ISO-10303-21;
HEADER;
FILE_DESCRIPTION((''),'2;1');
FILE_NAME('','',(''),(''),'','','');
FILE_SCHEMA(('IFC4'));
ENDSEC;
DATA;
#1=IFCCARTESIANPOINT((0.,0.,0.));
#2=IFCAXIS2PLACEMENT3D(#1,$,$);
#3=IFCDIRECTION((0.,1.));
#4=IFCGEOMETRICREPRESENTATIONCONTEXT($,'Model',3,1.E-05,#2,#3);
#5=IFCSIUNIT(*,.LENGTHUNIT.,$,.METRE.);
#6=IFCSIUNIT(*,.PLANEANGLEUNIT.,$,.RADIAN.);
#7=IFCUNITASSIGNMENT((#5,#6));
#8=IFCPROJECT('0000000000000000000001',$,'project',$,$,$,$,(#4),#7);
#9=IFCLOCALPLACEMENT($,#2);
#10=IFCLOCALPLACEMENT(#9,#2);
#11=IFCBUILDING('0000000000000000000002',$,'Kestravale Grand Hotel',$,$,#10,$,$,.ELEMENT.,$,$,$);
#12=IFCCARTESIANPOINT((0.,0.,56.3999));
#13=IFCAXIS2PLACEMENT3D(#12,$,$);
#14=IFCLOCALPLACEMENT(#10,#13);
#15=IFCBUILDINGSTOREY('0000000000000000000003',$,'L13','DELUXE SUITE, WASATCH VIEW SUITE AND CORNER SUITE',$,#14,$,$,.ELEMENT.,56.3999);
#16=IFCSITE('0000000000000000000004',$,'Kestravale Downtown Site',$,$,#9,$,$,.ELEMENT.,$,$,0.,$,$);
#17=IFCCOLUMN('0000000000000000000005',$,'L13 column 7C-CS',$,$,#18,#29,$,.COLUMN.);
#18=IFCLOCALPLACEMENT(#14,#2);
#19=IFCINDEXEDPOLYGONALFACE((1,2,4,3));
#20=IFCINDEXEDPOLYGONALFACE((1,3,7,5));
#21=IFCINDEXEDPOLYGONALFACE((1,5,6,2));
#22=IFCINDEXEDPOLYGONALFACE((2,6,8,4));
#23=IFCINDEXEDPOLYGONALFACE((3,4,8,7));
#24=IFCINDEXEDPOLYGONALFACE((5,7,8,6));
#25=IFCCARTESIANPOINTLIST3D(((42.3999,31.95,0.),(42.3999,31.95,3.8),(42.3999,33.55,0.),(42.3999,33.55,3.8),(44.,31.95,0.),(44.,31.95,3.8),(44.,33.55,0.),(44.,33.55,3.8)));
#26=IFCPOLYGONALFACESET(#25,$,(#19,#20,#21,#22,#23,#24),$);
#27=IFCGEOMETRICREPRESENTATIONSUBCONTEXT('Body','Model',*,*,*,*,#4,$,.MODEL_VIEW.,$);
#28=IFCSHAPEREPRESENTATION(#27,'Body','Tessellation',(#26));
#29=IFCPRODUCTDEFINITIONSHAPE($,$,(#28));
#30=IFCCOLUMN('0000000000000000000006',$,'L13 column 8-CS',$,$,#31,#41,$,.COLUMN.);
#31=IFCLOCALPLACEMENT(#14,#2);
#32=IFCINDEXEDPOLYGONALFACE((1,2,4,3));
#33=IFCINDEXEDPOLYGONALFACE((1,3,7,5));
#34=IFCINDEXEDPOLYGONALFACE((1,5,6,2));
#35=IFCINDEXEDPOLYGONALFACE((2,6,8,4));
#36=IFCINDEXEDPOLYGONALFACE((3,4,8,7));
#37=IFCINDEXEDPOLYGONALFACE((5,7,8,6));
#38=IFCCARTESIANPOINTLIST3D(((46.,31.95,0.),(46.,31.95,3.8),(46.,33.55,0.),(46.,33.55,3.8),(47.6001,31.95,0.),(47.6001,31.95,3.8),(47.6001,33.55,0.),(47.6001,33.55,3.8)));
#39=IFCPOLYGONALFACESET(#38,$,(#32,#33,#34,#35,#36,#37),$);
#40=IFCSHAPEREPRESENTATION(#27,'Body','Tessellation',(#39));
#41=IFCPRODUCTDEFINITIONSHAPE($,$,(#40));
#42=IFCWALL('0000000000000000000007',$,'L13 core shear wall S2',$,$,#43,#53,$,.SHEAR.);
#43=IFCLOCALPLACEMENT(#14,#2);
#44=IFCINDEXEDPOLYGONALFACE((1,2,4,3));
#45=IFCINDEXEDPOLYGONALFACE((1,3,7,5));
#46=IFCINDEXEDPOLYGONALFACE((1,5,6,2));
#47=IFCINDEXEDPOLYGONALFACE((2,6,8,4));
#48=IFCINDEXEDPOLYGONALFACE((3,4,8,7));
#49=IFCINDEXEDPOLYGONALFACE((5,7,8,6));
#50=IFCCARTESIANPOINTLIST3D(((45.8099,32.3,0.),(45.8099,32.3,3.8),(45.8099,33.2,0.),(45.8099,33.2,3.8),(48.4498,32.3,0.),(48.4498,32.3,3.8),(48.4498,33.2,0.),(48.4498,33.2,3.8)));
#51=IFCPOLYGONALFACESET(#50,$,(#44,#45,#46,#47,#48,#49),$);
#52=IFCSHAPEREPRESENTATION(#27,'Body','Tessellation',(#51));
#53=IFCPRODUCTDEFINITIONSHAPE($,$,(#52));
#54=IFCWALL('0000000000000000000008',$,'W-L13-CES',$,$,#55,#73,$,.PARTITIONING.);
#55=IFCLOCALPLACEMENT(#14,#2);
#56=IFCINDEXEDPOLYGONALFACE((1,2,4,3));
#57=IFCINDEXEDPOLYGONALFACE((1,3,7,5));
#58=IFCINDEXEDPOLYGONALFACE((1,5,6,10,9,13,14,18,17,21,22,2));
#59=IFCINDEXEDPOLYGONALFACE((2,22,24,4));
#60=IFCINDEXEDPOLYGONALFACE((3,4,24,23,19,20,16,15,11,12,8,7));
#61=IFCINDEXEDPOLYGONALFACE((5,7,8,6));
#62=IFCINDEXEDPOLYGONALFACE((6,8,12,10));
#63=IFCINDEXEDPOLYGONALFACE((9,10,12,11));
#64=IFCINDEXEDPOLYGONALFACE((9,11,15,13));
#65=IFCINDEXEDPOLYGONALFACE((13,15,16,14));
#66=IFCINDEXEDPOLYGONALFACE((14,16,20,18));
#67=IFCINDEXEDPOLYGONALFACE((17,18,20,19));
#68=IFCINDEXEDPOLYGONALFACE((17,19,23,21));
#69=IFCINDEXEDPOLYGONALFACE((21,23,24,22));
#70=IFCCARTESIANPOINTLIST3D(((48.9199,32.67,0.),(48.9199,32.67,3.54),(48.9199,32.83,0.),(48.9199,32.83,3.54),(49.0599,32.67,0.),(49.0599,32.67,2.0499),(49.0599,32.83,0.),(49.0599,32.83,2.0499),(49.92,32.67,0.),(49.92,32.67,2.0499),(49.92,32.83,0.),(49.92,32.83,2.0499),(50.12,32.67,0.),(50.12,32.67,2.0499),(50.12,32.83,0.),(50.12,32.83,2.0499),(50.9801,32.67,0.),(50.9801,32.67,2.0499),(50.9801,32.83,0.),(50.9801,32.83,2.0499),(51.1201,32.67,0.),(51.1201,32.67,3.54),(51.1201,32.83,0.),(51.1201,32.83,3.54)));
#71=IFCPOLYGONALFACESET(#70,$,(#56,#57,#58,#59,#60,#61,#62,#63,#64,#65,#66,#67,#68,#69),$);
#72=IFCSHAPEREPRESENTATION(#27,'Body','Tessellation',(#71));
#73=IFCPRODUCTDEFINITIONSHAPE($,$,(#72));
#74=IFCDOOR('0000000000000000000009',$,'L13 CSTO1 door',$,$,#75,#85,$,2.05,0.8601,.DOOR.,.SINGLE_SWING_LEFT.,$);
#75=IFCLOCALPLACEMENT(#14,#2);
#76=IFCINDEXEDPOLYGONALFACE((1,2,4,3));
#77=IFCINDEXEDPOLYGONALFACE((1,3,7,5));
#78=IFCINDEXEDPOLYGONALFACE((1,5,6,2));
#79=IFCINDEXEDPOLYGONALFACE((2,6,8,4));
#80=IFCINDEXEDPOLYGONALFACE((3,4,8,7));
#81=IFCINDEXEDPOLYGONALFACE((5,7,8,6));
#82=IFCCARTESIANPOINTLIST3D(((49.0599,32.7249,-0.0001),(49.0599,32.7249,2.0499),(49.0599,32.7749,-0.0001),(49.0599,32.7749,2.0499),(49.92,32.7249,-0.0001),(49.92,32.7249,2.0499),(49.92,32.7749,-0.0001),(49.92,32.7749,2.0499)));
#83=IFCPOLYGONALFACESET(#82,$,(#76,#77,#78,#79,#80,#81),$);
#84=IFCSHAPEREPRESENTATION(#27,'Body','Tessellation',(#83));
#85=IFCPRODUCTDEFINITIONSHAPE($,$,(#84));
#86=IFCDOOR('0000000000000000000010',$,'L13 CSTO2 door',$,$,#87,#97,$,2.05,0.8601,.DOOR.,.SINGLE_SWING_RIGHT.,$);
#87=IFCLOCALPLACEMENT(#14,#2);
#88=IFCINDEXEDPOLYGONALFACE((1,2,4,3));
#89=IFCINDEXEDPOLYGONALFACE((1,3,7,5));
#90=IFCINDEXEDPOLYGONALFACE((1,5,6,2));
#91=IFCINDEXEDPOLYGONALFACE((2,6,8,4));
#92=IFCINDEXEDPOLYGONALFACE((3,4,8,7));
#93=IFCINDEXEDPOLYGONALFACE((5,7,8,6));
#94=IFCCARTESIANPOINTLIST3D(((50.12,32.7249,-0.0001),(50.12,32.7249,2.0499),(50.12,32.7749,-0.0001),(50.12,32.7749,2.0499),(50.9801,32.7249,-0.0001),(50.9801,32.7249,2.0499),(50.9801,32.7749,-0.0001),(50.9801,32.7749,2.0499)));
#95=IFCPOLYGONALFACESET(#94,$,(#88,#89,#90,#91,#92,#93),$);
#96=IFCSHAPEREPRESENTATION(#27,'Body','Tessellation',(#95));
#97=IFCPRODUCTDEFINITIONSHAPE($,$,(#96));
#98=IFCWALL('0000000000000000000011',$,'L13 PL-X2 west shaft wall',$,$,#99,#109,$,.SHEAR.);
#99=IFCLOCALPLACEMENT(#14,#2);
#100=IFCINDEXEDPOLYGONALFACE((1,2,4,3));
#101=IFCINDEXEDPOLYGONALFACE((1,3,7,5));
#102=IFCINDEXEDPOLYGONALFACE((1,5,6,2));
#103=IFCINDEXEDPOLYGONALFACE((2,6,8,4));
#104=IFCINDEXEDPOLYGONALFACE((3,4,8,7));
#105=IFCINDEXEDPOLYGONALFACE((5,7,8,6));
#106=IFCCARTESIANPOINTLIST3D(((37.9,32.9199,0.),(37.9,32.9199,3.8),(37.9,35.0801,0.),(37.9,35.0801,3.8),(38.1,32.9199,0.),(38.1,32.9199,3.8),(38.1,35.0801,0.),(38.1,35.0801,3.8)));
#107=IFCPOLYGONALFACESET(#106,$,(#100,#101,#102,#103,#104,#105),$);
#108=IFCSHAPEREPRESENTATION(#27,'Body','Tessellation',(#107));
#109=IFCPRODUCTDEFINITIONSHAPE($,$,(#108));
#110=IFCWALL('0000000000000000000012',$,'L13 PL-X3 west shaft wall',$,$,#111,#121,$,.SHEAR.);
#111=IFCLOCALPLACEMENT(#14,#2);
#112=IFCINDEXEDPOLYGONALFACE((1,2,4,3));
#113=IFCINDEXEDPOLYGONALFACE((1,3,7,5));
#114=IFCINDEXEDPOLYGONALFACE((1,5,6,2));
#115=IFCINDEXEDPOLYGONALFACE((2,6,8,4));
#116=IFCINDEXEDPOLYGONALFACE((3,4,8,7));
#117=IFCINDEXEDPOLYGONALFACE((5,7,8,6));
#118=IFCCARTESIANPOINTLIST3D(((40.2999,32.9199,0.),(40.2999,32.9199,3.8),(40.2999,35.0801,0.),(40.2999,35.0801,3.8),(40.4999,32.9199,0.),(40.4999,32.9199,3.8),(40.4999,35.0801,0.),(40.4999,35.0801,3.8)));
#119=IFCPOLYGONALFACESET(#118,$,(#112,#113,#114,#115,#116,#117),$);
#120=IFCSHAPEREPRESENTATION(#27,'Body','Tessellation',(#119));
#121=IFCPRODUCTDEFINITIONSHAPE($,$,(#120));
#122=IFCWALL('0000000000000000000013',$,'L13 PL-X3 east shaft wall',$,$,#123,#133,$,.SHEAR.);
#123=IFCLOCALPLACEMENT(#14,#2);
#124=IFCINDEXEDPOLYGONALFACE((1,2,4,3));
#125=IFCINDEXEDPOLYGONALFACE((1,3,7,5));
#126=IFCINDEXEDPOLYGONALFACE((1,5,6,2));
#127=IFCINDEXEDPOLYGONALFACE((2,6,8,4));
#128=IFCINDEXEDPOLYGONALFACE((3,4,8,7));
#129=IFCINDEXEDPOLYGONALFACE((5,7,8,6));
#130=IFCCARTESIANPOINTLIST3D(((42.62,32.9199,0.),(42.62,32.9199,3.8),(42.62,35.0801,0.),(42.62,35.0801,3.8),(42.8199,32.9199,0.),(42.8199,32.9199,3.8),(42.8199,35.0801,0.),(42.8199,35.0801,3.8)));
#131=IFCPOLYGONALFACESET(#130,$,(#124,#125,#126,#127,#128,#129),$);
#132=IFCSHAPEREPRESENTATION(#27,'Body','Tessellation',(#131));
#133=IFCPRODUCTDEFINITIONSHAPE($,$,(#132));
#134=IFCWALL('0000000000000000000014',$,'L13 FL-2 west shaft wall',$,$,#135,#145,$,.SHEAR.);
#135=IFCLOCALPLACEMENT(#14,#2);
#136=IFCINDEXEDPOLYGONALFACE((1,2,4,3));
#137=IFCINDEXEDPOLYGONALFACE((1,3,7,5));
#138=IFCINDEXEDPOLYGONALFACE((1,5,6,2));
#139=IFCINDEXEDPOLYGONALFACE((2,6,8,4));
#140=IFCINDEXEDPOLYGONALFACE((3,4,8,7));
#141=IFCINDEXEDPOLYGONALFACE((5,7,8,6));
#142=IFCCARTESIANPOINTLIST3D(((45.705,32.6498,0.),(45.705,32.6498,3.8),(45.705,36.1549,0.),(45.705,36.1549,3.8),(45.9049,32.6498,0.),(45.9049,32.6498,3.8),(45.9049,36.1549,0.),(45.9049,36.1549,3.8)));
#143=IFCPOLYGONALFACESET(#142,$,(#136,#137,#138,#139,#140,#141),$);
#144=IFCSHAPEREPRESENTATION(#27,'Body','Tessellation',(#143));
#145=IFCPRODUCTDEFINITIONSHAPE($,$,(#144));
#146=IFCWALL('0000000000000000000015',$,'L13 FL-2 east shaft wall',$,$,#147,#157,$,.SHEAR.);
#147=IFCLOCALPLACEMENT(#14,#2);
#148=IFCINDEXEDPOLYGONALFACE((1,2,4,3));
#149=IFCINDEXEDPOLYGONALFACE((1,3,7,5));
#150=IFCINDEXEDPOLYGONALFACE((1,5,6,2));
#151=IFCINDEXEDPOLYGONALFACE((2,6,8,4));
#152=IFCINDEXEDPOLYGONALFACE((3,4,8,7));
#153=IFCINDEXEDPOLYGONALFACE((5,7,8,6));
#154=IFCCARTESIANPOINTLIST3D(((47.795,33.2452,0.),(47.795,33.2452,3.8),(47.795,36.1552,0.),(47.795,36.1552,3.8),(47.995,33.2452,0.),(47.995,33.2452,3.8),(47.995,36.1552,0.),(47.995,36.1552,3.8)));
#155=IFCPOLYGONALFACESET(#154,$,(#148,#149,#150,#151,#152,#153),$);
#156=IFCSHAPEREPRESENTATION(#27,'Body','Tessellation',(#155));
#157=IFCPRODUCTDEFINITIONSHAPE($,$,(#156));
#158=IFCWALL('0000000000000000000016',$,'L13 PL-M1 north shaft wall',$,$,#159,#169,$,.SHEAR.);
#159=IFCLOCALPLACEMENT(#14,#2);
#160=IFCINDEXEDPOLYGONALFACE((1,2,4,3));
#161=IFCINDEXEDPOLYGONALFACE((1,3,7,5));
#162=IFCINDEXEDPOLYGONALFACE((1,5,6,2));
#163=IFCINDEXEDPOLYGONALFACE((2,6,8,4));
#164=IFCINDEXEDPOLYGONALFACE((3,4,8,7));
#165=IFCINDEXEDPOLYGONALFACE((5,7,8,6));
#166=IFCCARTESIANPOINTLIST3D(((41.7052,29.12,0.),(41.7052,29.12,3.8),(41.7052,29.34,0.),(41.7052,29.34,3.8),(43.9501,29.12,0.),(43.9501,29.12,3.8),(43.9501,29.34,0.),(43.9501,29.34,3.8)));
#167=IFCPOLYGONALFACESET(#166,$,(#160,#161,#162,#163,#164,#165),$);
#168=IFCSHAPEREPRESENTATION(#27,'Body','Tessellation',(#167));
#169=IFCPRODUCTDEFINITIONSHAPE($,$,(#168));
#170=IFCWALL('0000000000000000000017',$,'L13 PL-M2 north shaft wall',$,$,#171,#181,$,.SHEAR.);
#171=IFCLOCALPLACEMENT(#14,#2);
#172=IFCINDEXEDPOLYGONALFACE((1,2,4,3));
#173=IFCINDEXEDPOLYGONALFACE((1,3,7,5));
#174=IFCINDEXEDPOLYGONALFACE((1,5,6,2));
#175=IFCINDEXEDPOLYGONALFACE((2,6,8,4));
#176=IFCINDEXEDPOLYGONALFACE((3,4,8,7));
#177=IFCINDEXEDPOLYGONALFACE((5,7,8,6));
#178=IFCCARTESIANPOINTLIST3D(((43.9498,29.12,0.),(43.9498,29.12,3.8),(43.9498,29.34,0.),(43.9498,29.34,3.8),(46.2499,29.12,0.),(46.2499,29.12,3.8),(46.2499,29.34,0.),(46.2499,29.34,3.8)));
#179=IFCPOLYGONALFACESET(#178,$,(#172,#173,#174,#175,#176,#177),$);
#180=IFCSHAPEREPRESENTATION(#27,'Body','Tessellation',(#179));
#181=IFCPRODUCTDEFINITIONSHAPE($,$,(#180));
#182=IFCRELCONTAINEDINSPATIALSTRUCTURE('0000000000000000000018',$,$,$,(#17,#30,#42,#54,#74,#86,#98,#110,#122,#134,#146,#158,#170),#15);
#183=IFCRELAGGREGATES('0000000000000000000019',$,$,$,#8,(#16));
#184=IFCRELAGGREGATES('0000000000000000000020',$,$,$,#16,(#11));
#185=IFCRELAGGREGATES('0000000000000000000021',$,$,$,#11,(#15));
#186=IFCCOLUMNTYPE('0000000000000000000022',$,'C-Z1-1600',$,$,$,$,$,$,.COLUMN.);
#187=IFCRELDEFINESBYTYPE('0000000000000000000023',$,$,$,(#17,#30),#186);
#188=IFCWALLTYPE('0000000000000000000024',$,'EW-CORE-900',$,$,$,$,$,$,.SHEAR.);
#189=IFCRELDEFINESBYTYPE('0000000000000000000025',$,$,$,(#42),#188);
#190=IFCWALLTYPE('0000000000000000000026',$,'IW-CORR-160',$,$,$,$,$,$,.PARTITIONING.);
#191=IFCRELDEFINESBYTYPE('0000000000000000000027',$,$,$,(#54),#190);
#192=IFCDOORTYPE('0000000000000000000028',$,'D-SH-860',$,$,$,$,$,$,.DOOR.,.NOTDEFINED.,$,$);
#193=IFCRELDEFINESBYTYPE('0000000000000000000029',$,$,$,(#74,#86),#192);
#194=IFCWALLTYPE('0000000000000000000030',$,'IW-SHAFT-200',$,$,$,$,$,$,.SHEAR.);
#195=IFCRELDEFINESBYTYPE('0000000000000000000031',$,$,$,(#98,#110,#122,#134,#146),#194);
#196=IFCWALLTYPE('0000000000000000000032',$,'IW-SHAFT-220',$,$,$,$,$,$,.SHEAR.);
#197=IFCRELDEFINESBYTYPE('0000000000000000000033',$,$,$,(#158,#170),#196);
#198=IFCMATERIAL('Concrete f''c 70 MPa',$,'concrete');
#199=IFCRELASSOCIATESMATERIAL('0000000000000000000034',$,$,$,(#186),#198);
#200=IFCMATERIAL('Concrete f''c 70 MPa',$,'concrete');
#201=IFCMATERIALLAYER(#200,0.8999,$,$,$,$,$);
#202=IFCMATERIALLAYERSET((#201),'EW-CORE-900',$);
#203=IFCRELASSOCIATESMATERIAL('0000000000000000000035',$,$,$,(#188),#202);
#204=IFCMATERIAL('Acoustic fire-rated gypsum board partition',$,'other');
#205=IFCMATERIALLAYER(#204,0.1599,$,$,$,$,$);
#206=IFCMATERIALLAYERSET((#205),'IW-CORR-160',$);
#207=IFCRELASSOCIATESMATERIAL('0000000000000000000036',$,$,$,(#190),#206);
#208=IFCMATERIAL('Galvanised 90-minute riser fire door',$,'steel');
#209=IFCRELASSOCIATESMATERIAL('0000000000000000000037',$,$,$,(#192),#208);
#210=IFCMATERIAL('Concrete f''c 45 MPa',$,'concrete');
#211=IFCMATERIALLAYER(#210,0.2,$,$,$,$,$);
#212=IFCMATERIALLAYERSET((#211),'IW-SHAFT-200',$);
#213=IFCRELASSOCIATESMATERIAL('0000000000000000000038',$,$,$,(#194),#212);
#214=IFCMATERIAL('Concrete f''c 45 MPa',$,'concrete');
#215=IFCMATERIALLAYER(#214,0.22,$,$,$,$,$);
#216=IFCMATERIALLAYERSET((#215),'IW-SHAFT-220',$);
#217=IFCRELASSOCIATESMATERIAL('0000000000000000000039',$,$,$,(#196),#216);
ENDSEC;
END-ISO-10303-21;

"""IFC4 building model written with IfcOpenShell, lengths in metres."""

from ifc_helpers import new_model, si_unit, direction, frame, frame_2d, origin, origin_2d, place, context, subcontext, project, spatial, rectangle, extrude, material, layer, layer_set, material_profile, profile_set, type_object, element, fill, save


model = new_model("IFC4")

# Units and contexts
model_context = context("Model", 3, precision=1e-05, world=origin(), true_north=direction((0.0, 1.0)))
body_context = subcontext(model_context, "Body", "Model", "MODEL_VIEW")
ifc_project = project(units=[si_unit("LENGTHUNIT", "METRE"), si_unit("PLANEANGLEUNIT", "RADIAN")], contexts=[model_context])

# Site, building, storey
site_placement = place(None, origin())
site = spatial("IfcSite", under=ifc_project, at=site_placement, Name="Kestravale Downtown Site", CompositionType="ELEMENT", RefElevation=0.0)
building_placement = place(site_placement, origin())
building = spatial("IfcBuilding", under=site, at=building_placement, Name="Kestravale Grand Hotel", CompositionType="ELEMENT")
storey_placement = place(building_placement, frame((0.0, 0.0, 56.3999)))
storey = spatial("IfcBuildingStorey", under=building, at=storey_placement, Name="L13", Description="DELUXE SUITE, WASATCH VIEW SUITE AND CORNER SUITE", CompositionType="ELEMENT", Elevation=56.3999)

# Columns
ifc_material_1 = material(Name="Concrete f'c 70 MPa", Category="concrete")
ifc_material_profile = material_profile(ifc_material_1, rectangle(XDim=1.6001, YDim=1.6001, at=origin_2d()))
ifc_profile_set = profile_set([ifc_material_profile], Name="Concrete f'c 70 MPa")
column_type = type_object("IfcColumnType", Name="C-Z1-1600", PredefinedType="COLUMN", material=ifc_profile_set)
for number, where, z_axis, x_axis, name in (
    (1, (43.2, 32.75, 0.0), (0.0, 0.0, 1.0), (1.0, 0.0, 0.0), "L13 column 7C-CS"),
    (2, (46.8, 32.75, 0.0), (0.0, 0.0, 1.0), (1.0, 0.0, 0.0), "L13 column 8-CS"),
):
    element("IfcColumn", number, at=place(storey_placement, frame(where, z_axis=z_axis, x_axis=x_axis)), inside=storey, type_object=column_type, Name=name, PredefinedType="COLUMN", context=body_context, shape_type="SweptSolid", body=[
        extrude(rectangle(XDim=1.6001, YDim=1.6001, at=origin_2d()), origin(), (0.0, 0.0, 1.0), 3.8),
    ])

# Wall
ifc_material_2 = material(Name="Concrete f'c 70 MPa", Category="concrete")
ifc_layer_1 = layer(ifc_material_2, 0.8999)
ifc_layer_set_1 = layer_set([ifc_layer_1], Name="EW-CORE-900")
wall_type_1 = type_object("IfcWallType", Name="EW-CORE-900", PredefinedType="SHEAR", material=ifc_layer_set_1)
wall_1_placement = place(storey_placement, frame((45.8101, 32.75, 0.0), z_axis=(0.0, 0.0, 1.0), x_axis=(1.0, 0.0, 0.0)))
element("IfcWall", 3, at=wall_1_placement, inside=storey, type_object=wall_type_1, Name="L13 core shear wall S2", PredefinedType="SHEAR", context=body_context, shape_type="SweptSolid", body=[
    extrude(rectangle(XDim=2.6399, YDim=0.8999, at=frame_2d((1.3198, 0.0))), origin(), (0.0, 0.0, 1.0), 3.8),
])

# Wall, openings, doors
ifc_material_3 = material(Name="Acoustic fire-rated gypsum board partition", Category="other")
ifc_layer_2 = layer(ifc_material_3, 0.1599)
ifc_layer_set_2 = layer_set([ifc_layer_2], Name="IW-CORR-160")
wall_type_2 = type_object("IfcWallType", Name="IW-CORR-160", PredefinedType="PARTITIONING", material=ifc_layer_set_2)
wall_2_placement = place(storey_placement, frame((48.9199, 32.75, 0.0), z_axis=(0.0, 0.0, 1.0), x_axis=(1.0, 0.0, 0.0)))
wall_2 = element("IfcWall", 4, at=wall_2_placement, inside=storey, type_object=wall_type_2, Name="W-L13-CES", PredefinedType="PARTITIONING", context=body_context, shape_type="SweptSolid", body=[
    extrude(rectangle(XDim=2.2002, YDim=0.1599, at=frame_2d((1.1001, 0.0))), origin(), (0.0, 0.0, 1.0), 3.54),
])
opening_1_placement = place(wall_2_placement, frame((0.1399, 0.0, 0.0)))
opening_1 = element("IfcOpeningElement", 5, at=opening_1_placement, cuts=wall_2, PredefinedType="OPENING", context=body_context, shape_type="SweptSolid", body=[
    extrude(rectangle(XDim=0.8601, YDim=2.05, at=frame_2d((0.4302, 1.0249))), frame((0.0, 0.0898, 0.0), z_axis=(0.0, -1.0, 0.0), x_axis=(1.0, 0.0, 0.0)), (0.0, 0.0, 1.0), 0.1799),
])
opening_2_placement = place(wall_2_placement, frame((1.2, 0.0, 0.0)))
opening_2 = element("IfcOpeningElement", 6, at=opening_2_placement, cuts=wall_2, PredefinedType="OPENING", context=body_context, shape_type="SweptSolid", body=[
    extrude(rectangle(XDim=0.8601, YDim=2.05, at=frame_2d((0.4302, 1.0249))), frame((0.0, 0.0898, 0.0), z_axis=(0.0, -1.0, 0.0), x_axis=(1.0, 0.0, 0.0)), (0.0, 0.0, 1.0), 0.1799),
])
ifc_material_4 = material(Name="Galvanised 90-minute riser fire door", Category="steel")
door_type_1 = type_object("IfcDoorType", Name="D-SH-860", OperationType="NOTDEFINED", PredefinedType="DOOR", material=ifc_material_4)
door_1_placement = place(opening_1_placement, origin())
door_1 = element("IfcDoor", 7, at=door_1_placement, inside=storey, type_object=door_type_1, Name="L13 CSTO1 door", OperationType="SINGLE_SWING_LEFT", OverallHeight=2.05, OverallWidth=0.8601, PredefinedType="DOOR", context=body_context, shape_type="SweptSolid", body=[
    extrude(rectangle(XDim=0.8601, YDim=2.05, at=frame_2d((0.4302, 1.0249))), frame((0.0, 0.0249, 0.0), z_axis=(0.0, -1.0, 0.0), x_axis=(1.0, 0.0, 0.0)), (0.0, 0.0, 1.0), 0.05),
])
fill(opening_1, door_1)
door_2_placement = place(opening_2_placement, origin())
door_2 = element("IfcDoor", 8, at=door_2_placement, inside=storey, type_object=door_type_1, Name="L13 CSTO2 door", OperationType="SINGLE_SWING_RIGHT", OverallHeight=2.05, OverallWidth=0.8601, PredefinedType="DOOR", context=body_context, shape_type="SweptSolid", body=[
    extrude(rectangle(XDim=0.8601, YDim=2.05, at=frame_2d((0.4302, 1.0249))), frame((0.0, 0.0249, 0.0), z_axis=(0.0, -1.0, 0.0), x_axis=(1.0, 0.0, 0.0)), (0.0, 0.0, 1.0), 0.05),
])
fill(opening_2, door_2)

# Walls
ifc_material_5 = material(Name="Concrete f'c 45 MPa", Category="concrete")
ifc_layer_3 = layer(ifc_material_5, 0.2)
ifc_layer_set_3 = layer_set([ifc_layer_3], Name="IW-SHAFT-200")
wall_type_3 = type_object("IfcWallType", Name="IW-SHAFT-200", PredefinedType="SHEAR", material=ifc_layer_set_3)
for number, where, z_axis, x_axis, name in (
    (9, (38.0, 32.9199, 0.0), (0.0, 0.0, 1.0), (0.0, 1.0, 0.0), "L13 PL-X2 west shaft wall"),
    (10, (40.3999, 32.9199, 0.0), (0.0, 0.0, 1.0), (0.0, 1.0, 0.0), "L13 PL-X3 west shaft wall"),
    (11, (42.72, 32.9199, 0.0), (0.0, 0.0, 1.0), (0.0, 1.0, 0.0), "L13 PL-X3 east shaft wall"),
):
    element("IfcWall", number, at=place(storey_placement, frame(where, z_axis=z_axis, x_axis=x_axis)), inside=storey, type_object=wall_type_3, Name=name, PredefinedType="SHEAR", context=body_context, shape_type="SweptSolid", body=[
        extrude(rectangle(XDim=2.1602, YDim=0.2, at=frame_2d((1.0801, 0.0))), origin(), (0.0, 0.0, 1.0), 3.8),
    ])
wall_3_placement = place(storey_placement, frame((45.8049, 32.6499, 0.0), z_axis=(0.0, 0.0, 1.0), x_axis=(0.0, 1.0, 0.0)))
element("IfcWall", 12, at=wall_3_placement, inside=storey, type_object=wall_type_3, Name="L13 FL-2 west shaft wall", PredefinedType="SHEAR", context=body_context, shape_type="SweptSolid", body=[
    extrude(rectangle(XDim=3.5051, YDim=0.2, at=frame_2d((1.7524, 0.0))), origin(), (0.0, 0.0, 1.0), 3.8),
])
wall_4_placement = place(storey_placement, frame((47.895, 33.2451, 0.0), z_axis=(0.0, 0.0, 1.0), x_axis=(0.0, 1.0, 0.0)))
element("IfcWall", 13, at=wall_4_placement, inside=storey, type_object=wall_type_3, Name="L13 FL-2 east shaft wall", PredefinedType="SHEAR", context=body_context, shape_type="SweptSolid", body=[
    extrude(rectangle(XDim=2.9099, YDim=0.2, at=frame_2d((1.4551, 0.0))), origin(), (0.0, 0.0, 1.0), 3.8),
])
ifc_material_6 = material(Name="Concrete f'c 45 MPa", Category="concrete")
ifc_layer_4 = layer(ifc_material_6, 0.22)
ifc_layer_set_4 = layer_set([ifc_layer_4], Name="IW-SHAFT-220")
wall_type_4 = type_object("IfcWallType", Name="IW-SHAFT-220", PredefinedType="SHEAR", material=ifc_layer_set_4)
wall_5_placement = place(storey_placement, frame((41.7051, 29.23, 0.0), z_axis=(0.0, 0.0, 1.0), x_axis=(1.0, 0.0, 0.0)))
element("IfcWall", 14, at=wall_5_placement, inside=storey, type_object=wall_type_4, Name="L13 PL-M1 north shaft wall", PredefinedType="SHEAR", context=body_context, shape_type="SweptSolid", body=[
    extrude(rectangle(XDim=2.2449, YDim=0.22, at=frame_2d((1.1226, 0.0))), origin(), (0.0, 0.0, 1.0), 3.8),
])
for number, where, z_axis, x_axis, name in (
    (15, (43.95, 29.23, 0.0), (0.0, 0.0, 1.0), (1.0, 0.0, 0.0), "L13 PL-M2 north shaft wall"),
):
    element("IfcWall", number, at=place(storey_placement, frame(where, z_axis=z_axis, x_axis=x_axis)), inside=storey, type_object=wall_type_4, Name=name, PredefinedType="SHEAR", context=body_context, shape_type="SweptSolid", body=[
        extrude(rectangle(XDim=2.3, YDim=0.22, at=frame_2d((1.1499, 0.0))), origin(), (0.0, 0.0, 1.0), 3.8),
    ])

save(model, "model.ifc")
